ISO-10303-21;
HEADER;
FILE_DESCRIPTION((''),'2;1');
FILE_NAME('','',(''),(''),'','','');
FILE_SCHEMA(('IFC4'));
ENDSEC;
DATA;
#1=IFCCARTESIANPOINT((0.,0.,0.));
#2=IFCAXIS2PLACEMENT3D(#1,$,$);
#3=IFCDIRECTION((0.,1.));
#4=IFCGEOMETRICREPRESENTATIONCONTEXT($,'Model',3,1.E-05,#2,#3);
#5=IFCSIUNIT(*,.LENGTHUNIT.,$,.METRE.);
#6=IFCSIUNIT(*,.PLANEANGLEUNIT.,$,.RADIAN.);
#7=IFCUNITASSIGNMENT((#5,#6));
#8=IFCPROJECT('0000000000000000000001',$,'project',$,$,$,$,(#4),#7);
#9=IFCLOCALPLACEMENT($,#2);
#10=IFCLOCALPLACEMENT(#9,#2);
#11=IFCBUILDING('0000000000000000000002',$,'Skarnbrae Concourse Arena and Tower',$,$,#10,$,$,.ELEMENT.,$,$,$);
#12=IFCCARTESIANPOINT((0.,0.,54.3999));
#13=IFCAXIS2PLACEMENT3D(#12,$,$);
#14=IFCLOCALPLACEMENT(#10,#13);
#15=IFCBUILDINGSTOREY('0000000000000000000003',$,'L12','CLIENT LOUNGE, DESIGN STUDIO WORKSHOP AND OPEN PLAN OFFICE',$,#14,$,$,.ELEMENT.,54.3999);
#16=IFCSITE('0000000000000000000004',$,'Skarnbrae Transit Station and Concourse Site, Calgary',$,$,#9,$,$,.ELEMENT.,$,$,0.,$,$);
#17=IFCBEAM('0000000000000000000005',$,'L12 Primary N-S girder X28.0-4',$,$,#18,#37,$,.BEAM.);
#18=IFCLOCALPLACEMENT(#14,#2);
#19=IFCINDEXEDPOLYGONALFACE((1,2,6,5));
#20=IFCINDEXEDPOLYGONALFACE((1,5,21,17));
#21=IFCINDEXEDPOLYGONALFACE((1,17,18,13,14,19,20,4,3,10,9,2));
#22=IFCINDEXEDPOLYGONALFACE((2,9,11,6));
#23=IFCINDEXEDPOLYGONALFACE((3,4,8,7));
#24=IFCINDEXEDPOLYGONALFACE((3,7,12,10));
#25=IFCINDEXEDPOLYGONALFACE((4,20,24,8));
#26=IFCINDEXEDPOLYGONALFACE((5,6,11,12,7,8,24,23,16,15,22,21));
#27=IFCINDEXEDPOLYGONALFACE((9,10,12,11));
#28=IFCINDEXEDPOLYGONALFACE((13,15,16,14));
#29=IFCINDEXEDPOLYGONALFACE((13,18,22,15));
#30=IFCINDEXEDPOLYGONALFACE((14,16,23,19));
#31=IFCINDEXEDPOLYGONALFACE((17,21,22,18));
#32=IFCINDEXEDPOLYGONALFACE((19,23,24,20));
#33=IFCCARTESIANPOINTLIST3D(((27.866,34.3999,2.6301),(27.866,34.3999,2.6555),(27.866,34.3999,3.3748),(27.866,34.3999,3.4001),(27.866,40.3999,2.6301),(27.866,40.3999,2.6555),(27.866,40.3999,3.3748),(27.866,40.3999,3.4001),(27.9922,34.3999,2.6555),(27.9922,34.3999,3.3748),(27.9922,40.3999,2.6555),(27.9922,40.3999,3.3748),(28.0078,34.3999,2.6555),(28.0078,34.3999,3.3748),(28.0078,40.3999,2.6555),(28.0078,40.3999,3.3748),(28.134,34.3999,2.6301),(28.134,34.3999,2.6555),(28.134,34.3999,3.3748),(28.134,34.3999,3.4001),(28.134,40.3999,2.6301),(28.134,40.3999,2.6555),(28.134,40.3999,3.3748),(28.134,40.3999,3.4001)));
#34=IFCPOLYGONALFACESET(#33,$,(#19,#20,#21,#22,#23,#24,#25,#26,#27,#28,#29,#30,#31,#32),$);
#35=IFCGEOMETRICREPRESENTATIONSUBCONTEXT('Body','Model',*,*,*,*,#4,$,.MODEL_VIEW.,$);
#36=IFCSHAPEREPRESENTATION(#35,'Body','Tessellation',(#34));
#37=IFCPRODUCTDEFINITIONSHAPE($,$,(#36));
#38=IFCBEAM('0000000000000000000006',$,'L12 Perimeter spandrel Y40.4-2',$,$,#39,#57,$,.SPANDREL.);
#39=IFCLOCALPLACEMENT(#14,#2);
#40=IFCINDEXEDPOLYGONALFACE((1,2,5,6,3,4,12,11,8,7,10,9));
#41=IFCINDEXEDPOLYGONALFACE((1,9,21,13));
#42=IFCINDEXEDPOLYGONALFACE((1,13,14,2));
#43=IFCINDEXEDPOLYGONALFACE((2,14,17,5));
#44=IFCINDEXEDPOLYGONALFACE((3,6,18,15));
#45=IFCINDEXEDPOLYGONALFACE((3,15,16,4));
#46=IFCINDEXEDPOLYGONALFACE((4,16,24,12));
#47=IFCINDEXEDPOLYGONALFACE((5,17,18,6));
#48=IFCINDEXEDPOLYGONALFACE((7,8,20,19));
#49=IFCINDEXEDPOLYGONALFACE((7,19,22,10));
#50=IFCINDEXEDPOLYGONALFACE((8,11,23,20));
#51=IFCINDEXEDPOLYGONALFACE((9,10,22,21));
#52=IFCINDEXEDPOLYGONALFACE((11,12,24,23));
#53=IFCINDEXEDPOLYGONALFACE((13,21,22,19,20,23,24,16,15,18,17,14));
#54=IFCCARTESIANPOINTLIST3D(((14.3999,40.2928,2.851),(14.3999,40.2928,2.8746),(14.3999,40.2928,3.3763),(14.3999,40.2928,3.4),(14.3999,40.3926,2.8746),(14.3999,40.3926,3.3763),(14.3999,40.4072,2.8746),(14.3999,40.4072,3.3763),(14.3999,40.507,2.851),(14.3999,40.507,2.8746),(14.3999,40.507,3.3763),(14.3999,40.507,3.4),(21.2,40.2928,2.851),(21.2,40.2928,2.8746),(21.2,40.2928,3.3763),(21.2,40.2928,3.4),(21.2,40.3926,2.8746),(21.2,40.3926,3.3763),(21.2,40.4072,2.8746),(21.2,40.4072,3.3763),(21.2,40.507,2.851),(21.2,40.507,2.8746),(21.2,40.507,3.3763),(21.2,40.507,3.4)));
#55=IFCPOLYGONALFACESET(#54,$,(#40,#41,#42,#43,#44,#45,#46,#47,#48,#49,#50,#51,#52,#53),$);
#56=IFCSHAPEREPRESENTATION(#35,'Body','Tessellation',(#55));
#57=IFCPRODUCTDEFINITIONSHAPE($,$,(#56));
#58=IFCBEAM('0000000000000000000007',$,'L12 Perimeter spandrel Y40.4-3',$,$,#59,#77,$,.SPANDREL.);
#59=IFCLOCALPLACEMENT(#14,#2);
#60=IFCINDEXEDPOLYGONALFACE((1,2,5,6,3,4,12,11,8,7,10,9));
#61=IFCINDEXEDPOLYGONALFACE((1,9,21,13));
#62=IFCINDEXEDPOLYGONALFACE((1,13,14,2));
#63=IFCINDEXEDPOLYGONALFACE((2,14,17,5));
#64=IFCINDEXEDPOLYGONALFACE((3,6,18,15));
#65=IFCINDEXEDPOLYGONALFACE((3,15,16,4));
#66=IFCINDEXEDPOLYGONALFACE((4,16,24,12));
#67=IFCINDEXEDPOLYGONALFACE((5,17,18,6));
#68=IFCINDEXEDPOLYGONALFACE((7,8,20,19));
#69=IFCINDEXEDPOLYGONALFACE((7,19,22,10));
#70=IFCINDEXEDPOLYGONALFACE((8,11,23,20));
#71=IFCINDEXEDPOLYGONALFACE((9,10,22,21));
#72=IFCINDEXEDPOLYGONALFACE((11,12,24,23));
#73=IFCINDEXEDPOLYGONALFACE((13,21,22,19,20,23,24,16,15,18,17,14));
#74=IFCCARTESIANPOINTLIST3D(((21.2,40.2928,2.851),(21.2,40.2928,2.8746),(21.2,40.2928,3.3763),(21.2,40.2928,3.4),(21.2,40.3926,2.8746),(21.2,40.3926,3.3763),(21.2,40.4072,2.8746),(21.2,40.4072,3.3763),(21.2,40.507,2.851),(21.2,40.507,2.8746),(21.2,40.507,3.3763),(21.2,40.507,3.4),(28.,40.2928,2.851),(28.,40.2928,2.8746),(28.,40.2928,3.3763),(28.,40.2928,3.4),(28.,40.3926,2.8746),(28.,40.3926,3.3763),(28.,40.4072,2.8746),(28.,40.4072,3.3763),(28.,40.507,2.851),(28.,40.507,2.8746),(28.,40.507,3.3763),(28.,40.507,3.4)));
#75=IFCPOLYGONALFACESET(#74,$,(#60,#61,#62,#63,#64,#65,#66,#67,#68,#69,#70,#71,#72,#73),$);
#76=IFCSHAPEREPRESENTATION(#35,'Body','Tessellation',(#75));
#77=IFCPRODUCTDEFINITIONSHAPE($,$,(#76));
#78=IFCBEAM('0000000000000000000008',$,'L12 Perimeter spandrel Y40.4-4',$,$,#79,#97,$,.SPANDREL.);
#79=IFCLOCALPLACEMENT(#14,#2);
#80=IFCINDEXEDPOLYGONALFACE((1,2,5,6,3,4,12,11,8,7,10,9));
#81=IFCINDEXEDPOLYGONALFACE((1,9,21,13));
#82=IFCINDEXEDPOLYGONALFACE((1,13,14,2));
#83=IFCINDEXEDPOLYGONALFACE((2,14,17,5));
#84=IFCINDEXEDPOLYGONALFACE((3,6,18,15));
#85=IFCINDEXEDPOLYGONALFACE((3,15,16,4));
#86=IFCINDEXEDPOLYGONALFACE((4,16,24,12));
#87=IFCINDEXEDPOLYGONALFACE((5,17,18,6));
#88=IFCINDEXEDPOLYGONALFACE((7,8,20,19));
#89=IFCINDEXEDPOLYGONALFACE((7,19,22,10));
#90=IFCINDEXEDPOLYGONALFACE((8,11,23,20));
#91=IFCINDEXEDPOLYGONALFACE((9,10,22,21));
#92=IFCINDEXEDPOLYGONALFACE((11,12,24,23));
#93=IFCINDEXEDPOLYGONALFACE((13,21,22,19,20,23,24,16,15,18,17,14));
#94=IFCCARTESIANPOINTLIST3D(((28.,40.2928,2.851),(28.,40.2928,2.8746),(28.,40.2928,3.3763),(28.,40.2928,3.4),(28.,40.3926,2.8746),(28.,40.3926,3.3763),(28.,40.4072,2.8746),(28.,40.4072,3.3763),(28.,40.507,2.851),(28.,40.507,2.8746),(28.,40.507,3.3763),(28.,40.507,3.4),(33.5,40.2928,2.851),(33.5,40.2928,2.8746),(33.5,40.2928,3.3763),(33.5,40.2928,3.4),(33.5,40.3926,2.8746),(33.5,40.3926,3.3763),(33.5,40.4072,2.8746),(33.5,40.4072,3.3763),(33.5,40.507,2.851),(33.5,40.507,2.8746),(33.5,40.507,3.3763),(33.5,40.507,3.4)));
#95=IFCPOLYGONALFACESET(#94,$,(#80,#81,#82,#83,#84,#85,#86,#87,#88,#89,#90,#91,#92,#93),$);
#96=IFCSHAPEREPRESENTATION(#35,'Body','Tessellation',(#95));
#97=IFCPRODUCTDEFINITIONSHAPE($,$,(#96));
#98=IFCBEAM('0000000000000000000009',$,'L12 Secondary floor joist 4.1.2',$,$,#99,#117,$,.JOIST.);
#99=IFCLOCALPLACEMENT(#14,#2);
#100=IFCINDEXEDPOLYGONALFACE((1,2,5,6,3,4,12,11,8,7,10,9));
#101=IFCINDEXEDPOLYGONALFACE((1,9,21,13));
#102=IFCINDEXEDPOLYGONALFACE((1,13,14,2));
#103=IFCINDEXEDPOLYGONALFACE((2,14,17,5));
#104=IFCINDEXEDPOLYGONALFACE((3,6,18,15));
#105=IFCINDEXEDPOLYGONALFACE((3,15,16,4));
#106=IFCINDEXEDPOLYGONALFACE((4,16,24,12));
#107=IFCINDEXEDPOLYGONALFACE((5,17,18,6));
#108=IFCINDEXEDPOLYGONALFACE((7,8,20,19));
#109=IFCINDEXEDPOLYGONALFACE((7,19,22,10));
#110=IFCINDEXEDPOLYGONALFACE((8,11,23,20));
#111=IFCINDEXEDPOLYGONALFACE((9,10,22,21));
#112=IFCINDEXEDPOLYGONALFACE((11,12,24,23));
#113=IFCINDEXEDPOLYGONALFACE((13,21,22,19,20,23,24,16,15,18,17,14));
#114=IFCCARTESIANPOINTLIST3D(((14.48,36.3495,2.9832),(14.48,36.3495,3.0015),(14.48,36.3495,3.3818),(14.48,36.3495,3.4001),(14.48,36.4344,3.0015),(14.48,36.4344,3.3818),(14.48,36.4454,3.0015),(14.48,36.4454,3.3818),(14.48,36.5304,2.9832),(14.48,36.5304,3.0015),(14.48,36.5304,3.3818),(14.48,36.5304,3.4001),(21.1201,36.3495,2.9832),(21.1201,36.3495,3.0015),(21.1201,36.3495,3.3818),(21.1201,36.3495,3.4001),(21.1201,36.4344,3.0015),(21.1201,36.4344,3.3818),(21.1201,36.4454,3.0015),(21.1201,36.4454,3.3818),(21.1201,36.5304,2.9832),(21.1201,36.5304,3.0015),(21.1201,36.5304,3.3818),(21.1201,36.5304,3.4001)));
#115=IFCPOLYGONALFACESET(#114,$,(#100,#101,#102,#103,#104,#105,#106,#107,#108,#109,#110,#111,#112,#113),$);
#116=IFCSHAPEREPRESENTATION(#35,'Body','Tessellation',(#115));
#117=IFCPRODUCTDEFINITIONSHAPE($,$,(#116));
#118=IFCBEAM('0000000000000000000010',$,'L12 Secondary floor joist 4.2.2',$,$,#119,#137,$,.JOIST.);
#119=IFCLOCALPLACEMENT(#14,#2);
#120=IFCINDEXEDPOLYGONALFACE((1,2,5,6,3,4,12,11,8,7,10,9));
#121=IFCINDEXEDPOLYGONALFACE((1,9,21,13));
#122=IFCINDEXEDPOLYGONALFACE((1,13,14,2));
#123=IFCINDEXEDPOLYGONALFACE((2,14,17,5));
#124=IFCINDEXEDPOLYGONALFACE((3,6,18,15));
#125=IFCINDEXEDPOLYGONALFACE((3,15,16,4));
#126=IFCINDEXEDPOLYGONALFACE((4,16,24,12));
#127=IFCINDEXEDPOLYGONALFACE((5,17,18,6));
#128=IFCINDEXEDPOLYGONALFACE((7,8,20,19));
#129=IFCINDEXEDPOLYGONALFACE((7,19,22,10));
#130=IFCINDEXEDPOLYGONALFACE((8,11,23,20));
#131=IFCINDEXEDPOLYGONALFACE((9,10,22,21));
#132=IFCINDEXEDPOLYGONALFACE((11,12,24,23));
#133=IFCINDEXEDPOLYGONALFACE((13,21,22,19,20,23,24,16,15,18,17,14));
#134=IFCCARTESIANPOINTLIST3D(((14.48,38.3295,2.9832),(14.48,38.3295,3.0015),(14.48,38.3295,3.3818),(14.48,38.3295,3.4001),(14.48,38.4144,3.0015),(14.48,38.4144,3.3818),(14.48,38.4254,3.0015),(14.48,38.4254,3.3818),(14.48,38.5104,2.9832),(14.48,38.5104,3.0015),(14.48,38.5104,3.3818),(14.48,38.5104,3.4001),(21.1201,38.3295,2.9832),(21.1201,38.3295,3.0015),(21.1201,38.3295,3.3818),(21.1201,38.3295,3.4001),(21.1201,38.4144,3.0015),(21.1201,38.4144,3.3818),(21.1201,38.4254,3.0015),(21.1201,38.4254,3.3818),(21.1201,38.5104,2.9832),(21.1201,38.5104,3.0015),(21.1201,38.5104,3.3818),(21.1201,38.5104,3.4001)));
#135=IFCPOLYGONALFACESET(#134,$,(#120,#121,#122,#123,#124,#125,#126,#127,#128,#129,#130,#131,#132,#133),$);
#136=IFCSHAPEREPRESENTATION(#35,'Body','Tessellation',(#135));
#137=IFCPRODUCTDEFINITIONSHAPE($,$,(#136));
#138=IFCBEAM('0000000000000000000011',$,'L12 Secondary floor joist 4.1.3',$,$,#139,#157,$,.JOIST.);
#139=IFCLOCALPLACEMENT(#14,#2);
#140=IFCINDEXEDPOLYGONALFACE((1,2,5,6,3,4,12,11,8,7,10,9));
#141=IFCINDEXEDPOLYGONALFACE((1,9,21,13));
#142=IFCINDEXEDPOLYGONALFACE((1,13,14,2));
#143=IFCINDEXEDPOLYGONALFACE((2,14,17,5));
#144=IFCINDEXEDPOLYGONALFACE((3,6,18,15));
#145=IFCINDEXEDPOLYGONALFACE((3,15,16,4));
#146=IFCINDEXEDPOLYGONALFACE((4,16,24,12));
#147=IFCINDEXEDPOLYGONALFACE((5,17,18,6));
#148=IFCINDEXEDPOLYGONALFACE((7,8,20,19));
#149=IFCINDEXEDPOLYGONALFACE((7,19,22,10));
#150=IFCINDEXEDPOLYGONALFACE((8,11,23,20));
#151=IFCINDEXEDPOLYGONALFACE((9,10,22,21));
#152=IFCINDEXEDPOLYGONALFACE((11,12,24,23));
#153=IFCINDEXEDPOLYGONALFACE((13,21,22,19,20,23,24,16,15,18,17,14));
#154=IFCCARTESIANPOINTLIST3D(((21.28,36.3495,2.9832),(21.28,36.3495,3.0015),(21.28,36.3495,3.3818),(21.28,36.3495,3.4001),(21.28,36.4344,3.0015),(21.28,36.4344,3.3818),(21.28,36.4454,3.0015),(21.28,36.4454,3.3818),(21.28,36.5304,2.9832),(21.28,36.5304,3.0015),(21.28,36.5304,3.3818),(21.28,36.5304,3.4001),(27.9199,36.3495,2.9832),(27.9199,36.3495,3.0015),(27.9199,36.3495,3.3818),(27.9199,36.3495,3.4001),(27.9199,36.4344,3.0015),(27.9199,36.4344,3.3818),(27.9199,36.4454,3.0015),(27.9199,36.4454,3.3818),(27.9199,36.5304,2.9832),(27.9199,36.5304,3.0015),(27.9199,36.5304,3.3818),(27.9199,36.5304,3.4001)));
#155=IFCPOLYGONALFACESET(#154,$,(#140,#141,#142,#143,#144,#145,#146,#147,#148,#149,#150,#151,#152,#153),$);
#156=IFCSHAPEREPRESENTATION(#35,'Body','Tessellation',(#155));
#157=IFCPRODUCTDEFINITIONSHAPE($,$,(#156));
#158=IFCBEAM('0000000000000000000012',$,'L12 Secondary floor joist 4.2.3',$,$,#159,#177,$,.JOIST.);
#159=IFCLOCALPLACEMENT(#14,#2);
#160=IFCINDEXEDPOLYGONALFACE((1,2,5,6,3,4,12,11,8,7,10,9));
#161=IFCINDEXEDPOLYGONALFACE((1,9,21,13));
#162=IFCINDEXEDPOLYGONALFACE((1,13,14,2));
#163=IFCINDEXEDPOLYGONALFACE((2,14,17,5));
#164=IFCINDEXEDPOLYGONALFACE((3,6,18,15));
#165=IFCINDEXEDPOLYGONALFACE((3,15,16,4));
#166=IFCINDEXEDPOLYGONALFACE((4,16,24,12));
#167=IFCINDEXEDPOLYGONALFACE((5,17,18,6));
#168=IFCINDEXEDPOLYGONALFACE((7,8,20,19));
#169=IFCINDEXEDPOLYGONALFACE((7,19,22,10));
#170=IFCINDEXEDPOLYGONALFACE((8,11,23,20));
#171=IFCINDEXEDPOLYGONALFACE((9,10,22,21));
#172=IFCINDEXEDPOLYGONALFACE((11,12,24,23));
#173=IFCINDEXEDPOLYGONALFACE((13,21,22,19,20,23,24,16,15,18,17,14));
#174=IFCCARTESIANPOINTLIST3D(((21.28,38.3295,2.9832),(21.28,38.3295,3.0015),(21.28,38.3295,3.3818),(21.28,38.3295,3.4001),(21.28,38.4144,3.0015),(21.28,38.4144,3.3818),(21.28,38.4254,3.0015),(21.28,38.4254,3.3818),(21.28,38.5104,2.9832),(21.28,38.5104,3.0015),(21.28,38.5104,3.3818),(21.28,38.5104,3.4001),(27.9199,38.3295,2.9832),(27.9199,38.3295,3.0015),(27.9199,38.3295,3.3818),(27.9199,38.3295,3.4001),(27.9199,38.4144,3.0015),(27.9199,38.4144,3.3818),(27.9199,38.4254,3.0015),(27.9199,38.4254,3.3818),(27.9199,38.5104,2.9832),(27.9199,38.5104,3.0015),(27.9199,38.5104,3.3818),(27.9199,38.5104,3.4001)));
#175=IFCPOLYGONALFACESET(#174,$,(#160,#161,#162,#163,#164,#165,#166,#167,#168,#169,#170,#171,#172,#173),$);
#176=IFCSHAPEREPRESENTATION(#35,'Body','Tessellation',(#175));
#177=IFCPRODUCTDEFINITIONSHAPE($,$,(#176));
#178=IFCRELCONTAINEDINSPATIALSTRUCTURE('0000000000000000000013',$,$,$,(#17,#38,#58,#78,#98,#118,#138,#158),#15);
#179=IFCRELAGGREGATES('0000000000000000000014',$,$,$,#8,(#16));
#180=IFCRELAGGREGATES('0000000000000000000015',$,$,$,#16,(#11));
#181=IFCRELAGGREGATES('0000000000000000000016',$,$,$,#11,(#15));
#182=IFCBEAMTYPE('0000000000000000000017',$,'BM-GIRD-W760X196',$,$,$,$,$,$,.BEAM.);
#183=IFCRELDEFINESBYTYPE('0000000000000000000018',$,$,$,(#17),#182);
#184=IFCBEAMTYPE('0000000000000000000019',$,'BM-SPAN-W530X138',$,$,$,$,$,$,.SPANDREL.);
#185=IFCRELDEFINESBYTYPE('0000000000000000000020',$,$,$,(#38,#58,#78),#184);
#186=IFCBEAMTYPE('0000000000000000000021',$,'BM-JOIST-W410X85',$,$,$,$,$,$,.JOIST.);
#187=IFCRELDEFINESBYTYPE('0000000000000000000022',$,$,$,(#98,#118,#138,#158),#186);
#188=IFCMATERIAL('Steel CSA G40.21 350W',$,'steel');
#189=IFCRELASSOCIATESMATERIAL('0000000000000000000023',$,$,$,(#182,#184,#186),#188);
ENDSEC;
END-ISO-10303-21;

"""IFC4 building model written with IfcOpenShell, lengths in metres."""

from ifc_helpers import new_model, si_unit, direction, frame, origin, origin_2d, place, context, subcontext, project, spatial, i_section, extrude, source, transform, mapped, material, material_profile, profile_set, type_object, element, save


model = new_model("IFC4")

# Units and contexts
model_context = context("Model", 3, precision=1e-05, world=origin(), true_north=direction((0.0, 1.0)))
body_context = subcontext(model_context, "Body", "Model", "MODEL_VIEW")
ifc_project = project(units=[si_unit("LENGTHUNIT", "METRE"), si_unit("PLANEANGLEUNIT", "RADIAN")], contexts=[model_context])

# Site, building, storey
site_placement = place(None, origin())
site = spatial("IfcSite", under=ifc_project, at=site_placement, Name="Skarnbrae Transit Station and Concourse Site, Calgary", CompositionType="ELEMENT", RefElevation=0.0)
building_placement = place(site_placement, origin())
building = spatial("IfcBuilding", under=site, at=building_placement, Name="Skarnbrae Concourse Arena and Tower", CompositionType="ELEMENT")
storey_placement = place(building_placement, frame((0.0, 0.0, 54.3999)))
storey = spatial("IfcBuildingStorey", under=building, at=storey_placement, Name="L12", Description="CLIENT LOUNGE, DESIGN STUDIO WORKSHOP AND OPEN PLAN OFFICE", CompositionType="ELEMENT", Elevation=54.3999)

# Shared definitions
ifc_material_1 = material(Name="Steel CSA G40.21 350W", Category="steel")

# Beams
ifc_material_profile_1 = material_profile(ifc_material_1, i_section(OverallWidth=0.2681, OverallDepth=0.77, WebThickness=0.0156, FlangeThickness=0.0254, at=origin_2d()), Name="W760X196")
ifc_profile_set_1 = profile_set([ifc_material_profile_1], Name="Steel CSA G40.21 350W")
beam_type_1 = type_object("IfcBeamType", Name="BM-GIRD-W760X196", PredefinedType="BEAM", material=ifc_profile_set_1)
shared_shape_1 = source(origin(), body_context, "Body", "SweptSolid", [
    extrude(i_section(OverallWidth=0.2681, OverallDepth=0.77, WebThickness=0.0156, FlangeThickness=0.0254, at=origin_2d()), origin(), (0.0, 0.0, 1.0), 6.0),
])
for number, where, z_axis, x_axis, name in (
    (1, (28.0, 34.3999, 3.0151), (0.0, 1.0, 0.0), (-1.0, 0.0, 0.0), "L12 Primary N-S girder X28.0-4"),
):
    element("IfcBeam", number, at=place(storey_placement, frame(where, z_axis=z_axis, x_axis=x_axis)), inside=storey, type_object=beam_type_1, Name=name, PredefinedType="BEAM", context=body_context, shape_type="MappedRepresentation", body=[
        mapped(shared_shape_1, transform((0.0, 0.0, 0.0))),
    ])
ifc_material_profile_2 = material_profile(ifc_material_1, i_section(OverallWidth=0.2141, OverallDepth=0.5491, WebThickness=0.0146, FlangeThickness=0.0237, at=origin_2d()), Name="W530X138")
ifc_profile_set_2 = profile_set([ifc_material_profile_2], Name="Steel CSA G40.21 350W")
beam_type_2 = type_object("IfcBeamType", Name="BM-SPAN-W530X138", PredefinedType="SPANDREL", material=ifc_profile_set_2)
shared_shape_2 = source(origin(), body_context, "Body", "SweptSolid", [
    extrude(i_section(OverallWidth=0.2141, OverallDepth=0.5491, WebThickness=0.0146, FlangeThickness=0.0237, at=origin_2d()), origin(), (0.0, 0.0, 1.0), 6.8),
])
for number, where, z_axis, x_axis, name in (
    (2, (14.3999, 40.3999, 3.1255), (1.0, 0.0, 0.0), (0.0, 1.0, 0.0), "L12 Perimeter spandrel Y40.4-2"),
    (3, (21.2, 40.3999, 3.1255), (1.0, 0.0, 0.0), (0.0, 1.0, 0.0), "L12 Perimeter spandrel Y40.4-3"),
):
    element("IfcBeam", number, at=place(storey_placement, frame(where, z_axis=z_axis, x_axis=x_axis)), inside=storey, type_object=beam_type_2, Name=name, PredefinedType="SPANDREL", context=body_context, shape_type="MappedRepresentation", body=[
        mapped(shared_shape_2, transform((0.0, 0.0, 0.0))),
    ])
shared_shape_3 = source(origin(), body_context, "Body", "SweptSolid", [
    extrude(i_section(OverallWidth=0.2141, OverallDepth=0.5491, WebThickness=0.0146, FlangeThickness=0.0237, at=origin_2d()), origin(), (0.0, 0.0, 1.0), 5.5),
])
beam_1_placement = place(storey_placement, frame((28.0, 40.3999, 3.1255), z_axis=(1.0, 0.0, 0.0), x_axis=(0.0, 1.0, 0.0)))
element("IfcBeam", 4, at=beam_1_placement, inside=storey, type_object=beam_type_2, Name="L12 Perimeter spandrel Y40.4-4", PredefinedType="SPANDREL", context=body_context, shape_type="MappedRepresentation", body=[
    mapped(shared_shape_3, transform((0.0, 0.0, 0.0))),
])
ifc_material_profile_3 = material_profile(ifc_material_1, i_section(OverallWidth=0.1809, OverallDepth=0.417, WebThickness=0.011, FlangeThickness=0.0183, at=origin_2d()), Name="W410X85")
ifc_profile_set_3 = profile_set([ifc_material_profile_3], Name="Steel CSA G40.21 350W")
beam_type_3 = type_object("IfcBeamType", Name="BM-JOIST-W410X85", PredefinedType="JOIST", material=ifc_profile_set_3)
shared_shape_4 = source(origin(), body_context, "Body", "SweptSolid", [
    extrude(i_section(OverallWidth=0.1809, OverallDepth=0.417, WebThickness=0.011, FlangeThickness=0.0183, at=origin_2d()), origin(), (0.0, 0.0, 1.0), 6.6401),
])
for number, where, z_axis, x_axis, name in (
    (5, (14.48, 36.4399, 3.1917), (1.0, 0.0, 0.0), (0.0, 1.0, 0.0), "L12 Secondary floor joist 4.1.2"),
    (6, (14.48, 38.4199, 3.1917), (1.0, 0.0, 0.0), (0.0, 1.0, 0.0), "L12 Secondary floor joist 4.2.2"),
):
    element("IfcBeam", number, at=place(storey_placement, frame(where, z_axis=z_axis, x_axis=x_axis)), inside=storey, type_object=beam_type_3, Name=name, PredefinedType="JOIST", context=body_context, shape_type="MappedRepresentation", body=[
        mapped(shared_shape_4, transform((0.0, 0.0, 0.0))),
    ])
shared_shape_5 = source(origin(), body_context, "Body", "SweptSolid", [
    extrude(i_section(OverallWidth=0.1809, OverallDepth=0.417, WebThickness=0.011, FlangeThickness=0.0183, at=origin_2d()), origin(), (0.0, 0.0, 1.0), 6.6399),
])
for number, where, z_axis, x_axis, name in (
    (7, (21.28, 36.4399, 3.1917), (1.0, 0.0, 0.0), (0.0, 1.0, 0.0), "L12 Secondary floor joist 4.1.3"),
    (8, (21.28, 38.4199, 3.1917), (1.0, 0.0, 0.0), (0.0, 1.0, 0.0), "L12 Secondary floor joist 4.2.3"),
):
    element("IfcBeam", number, at=place(storey_placement, frame(where, z_axis=z_axis, x_axis=x_axis)), inside=storey, type_object=beam_type_3, Name=name, PredefinedType="JOIST", context=body_context, shape_type="MappedRepresentation", body=[
        mapped(shared_shape_5, transform((0.0, 0.0, 0.0))),
    ])

save(model, "model.ifc")
